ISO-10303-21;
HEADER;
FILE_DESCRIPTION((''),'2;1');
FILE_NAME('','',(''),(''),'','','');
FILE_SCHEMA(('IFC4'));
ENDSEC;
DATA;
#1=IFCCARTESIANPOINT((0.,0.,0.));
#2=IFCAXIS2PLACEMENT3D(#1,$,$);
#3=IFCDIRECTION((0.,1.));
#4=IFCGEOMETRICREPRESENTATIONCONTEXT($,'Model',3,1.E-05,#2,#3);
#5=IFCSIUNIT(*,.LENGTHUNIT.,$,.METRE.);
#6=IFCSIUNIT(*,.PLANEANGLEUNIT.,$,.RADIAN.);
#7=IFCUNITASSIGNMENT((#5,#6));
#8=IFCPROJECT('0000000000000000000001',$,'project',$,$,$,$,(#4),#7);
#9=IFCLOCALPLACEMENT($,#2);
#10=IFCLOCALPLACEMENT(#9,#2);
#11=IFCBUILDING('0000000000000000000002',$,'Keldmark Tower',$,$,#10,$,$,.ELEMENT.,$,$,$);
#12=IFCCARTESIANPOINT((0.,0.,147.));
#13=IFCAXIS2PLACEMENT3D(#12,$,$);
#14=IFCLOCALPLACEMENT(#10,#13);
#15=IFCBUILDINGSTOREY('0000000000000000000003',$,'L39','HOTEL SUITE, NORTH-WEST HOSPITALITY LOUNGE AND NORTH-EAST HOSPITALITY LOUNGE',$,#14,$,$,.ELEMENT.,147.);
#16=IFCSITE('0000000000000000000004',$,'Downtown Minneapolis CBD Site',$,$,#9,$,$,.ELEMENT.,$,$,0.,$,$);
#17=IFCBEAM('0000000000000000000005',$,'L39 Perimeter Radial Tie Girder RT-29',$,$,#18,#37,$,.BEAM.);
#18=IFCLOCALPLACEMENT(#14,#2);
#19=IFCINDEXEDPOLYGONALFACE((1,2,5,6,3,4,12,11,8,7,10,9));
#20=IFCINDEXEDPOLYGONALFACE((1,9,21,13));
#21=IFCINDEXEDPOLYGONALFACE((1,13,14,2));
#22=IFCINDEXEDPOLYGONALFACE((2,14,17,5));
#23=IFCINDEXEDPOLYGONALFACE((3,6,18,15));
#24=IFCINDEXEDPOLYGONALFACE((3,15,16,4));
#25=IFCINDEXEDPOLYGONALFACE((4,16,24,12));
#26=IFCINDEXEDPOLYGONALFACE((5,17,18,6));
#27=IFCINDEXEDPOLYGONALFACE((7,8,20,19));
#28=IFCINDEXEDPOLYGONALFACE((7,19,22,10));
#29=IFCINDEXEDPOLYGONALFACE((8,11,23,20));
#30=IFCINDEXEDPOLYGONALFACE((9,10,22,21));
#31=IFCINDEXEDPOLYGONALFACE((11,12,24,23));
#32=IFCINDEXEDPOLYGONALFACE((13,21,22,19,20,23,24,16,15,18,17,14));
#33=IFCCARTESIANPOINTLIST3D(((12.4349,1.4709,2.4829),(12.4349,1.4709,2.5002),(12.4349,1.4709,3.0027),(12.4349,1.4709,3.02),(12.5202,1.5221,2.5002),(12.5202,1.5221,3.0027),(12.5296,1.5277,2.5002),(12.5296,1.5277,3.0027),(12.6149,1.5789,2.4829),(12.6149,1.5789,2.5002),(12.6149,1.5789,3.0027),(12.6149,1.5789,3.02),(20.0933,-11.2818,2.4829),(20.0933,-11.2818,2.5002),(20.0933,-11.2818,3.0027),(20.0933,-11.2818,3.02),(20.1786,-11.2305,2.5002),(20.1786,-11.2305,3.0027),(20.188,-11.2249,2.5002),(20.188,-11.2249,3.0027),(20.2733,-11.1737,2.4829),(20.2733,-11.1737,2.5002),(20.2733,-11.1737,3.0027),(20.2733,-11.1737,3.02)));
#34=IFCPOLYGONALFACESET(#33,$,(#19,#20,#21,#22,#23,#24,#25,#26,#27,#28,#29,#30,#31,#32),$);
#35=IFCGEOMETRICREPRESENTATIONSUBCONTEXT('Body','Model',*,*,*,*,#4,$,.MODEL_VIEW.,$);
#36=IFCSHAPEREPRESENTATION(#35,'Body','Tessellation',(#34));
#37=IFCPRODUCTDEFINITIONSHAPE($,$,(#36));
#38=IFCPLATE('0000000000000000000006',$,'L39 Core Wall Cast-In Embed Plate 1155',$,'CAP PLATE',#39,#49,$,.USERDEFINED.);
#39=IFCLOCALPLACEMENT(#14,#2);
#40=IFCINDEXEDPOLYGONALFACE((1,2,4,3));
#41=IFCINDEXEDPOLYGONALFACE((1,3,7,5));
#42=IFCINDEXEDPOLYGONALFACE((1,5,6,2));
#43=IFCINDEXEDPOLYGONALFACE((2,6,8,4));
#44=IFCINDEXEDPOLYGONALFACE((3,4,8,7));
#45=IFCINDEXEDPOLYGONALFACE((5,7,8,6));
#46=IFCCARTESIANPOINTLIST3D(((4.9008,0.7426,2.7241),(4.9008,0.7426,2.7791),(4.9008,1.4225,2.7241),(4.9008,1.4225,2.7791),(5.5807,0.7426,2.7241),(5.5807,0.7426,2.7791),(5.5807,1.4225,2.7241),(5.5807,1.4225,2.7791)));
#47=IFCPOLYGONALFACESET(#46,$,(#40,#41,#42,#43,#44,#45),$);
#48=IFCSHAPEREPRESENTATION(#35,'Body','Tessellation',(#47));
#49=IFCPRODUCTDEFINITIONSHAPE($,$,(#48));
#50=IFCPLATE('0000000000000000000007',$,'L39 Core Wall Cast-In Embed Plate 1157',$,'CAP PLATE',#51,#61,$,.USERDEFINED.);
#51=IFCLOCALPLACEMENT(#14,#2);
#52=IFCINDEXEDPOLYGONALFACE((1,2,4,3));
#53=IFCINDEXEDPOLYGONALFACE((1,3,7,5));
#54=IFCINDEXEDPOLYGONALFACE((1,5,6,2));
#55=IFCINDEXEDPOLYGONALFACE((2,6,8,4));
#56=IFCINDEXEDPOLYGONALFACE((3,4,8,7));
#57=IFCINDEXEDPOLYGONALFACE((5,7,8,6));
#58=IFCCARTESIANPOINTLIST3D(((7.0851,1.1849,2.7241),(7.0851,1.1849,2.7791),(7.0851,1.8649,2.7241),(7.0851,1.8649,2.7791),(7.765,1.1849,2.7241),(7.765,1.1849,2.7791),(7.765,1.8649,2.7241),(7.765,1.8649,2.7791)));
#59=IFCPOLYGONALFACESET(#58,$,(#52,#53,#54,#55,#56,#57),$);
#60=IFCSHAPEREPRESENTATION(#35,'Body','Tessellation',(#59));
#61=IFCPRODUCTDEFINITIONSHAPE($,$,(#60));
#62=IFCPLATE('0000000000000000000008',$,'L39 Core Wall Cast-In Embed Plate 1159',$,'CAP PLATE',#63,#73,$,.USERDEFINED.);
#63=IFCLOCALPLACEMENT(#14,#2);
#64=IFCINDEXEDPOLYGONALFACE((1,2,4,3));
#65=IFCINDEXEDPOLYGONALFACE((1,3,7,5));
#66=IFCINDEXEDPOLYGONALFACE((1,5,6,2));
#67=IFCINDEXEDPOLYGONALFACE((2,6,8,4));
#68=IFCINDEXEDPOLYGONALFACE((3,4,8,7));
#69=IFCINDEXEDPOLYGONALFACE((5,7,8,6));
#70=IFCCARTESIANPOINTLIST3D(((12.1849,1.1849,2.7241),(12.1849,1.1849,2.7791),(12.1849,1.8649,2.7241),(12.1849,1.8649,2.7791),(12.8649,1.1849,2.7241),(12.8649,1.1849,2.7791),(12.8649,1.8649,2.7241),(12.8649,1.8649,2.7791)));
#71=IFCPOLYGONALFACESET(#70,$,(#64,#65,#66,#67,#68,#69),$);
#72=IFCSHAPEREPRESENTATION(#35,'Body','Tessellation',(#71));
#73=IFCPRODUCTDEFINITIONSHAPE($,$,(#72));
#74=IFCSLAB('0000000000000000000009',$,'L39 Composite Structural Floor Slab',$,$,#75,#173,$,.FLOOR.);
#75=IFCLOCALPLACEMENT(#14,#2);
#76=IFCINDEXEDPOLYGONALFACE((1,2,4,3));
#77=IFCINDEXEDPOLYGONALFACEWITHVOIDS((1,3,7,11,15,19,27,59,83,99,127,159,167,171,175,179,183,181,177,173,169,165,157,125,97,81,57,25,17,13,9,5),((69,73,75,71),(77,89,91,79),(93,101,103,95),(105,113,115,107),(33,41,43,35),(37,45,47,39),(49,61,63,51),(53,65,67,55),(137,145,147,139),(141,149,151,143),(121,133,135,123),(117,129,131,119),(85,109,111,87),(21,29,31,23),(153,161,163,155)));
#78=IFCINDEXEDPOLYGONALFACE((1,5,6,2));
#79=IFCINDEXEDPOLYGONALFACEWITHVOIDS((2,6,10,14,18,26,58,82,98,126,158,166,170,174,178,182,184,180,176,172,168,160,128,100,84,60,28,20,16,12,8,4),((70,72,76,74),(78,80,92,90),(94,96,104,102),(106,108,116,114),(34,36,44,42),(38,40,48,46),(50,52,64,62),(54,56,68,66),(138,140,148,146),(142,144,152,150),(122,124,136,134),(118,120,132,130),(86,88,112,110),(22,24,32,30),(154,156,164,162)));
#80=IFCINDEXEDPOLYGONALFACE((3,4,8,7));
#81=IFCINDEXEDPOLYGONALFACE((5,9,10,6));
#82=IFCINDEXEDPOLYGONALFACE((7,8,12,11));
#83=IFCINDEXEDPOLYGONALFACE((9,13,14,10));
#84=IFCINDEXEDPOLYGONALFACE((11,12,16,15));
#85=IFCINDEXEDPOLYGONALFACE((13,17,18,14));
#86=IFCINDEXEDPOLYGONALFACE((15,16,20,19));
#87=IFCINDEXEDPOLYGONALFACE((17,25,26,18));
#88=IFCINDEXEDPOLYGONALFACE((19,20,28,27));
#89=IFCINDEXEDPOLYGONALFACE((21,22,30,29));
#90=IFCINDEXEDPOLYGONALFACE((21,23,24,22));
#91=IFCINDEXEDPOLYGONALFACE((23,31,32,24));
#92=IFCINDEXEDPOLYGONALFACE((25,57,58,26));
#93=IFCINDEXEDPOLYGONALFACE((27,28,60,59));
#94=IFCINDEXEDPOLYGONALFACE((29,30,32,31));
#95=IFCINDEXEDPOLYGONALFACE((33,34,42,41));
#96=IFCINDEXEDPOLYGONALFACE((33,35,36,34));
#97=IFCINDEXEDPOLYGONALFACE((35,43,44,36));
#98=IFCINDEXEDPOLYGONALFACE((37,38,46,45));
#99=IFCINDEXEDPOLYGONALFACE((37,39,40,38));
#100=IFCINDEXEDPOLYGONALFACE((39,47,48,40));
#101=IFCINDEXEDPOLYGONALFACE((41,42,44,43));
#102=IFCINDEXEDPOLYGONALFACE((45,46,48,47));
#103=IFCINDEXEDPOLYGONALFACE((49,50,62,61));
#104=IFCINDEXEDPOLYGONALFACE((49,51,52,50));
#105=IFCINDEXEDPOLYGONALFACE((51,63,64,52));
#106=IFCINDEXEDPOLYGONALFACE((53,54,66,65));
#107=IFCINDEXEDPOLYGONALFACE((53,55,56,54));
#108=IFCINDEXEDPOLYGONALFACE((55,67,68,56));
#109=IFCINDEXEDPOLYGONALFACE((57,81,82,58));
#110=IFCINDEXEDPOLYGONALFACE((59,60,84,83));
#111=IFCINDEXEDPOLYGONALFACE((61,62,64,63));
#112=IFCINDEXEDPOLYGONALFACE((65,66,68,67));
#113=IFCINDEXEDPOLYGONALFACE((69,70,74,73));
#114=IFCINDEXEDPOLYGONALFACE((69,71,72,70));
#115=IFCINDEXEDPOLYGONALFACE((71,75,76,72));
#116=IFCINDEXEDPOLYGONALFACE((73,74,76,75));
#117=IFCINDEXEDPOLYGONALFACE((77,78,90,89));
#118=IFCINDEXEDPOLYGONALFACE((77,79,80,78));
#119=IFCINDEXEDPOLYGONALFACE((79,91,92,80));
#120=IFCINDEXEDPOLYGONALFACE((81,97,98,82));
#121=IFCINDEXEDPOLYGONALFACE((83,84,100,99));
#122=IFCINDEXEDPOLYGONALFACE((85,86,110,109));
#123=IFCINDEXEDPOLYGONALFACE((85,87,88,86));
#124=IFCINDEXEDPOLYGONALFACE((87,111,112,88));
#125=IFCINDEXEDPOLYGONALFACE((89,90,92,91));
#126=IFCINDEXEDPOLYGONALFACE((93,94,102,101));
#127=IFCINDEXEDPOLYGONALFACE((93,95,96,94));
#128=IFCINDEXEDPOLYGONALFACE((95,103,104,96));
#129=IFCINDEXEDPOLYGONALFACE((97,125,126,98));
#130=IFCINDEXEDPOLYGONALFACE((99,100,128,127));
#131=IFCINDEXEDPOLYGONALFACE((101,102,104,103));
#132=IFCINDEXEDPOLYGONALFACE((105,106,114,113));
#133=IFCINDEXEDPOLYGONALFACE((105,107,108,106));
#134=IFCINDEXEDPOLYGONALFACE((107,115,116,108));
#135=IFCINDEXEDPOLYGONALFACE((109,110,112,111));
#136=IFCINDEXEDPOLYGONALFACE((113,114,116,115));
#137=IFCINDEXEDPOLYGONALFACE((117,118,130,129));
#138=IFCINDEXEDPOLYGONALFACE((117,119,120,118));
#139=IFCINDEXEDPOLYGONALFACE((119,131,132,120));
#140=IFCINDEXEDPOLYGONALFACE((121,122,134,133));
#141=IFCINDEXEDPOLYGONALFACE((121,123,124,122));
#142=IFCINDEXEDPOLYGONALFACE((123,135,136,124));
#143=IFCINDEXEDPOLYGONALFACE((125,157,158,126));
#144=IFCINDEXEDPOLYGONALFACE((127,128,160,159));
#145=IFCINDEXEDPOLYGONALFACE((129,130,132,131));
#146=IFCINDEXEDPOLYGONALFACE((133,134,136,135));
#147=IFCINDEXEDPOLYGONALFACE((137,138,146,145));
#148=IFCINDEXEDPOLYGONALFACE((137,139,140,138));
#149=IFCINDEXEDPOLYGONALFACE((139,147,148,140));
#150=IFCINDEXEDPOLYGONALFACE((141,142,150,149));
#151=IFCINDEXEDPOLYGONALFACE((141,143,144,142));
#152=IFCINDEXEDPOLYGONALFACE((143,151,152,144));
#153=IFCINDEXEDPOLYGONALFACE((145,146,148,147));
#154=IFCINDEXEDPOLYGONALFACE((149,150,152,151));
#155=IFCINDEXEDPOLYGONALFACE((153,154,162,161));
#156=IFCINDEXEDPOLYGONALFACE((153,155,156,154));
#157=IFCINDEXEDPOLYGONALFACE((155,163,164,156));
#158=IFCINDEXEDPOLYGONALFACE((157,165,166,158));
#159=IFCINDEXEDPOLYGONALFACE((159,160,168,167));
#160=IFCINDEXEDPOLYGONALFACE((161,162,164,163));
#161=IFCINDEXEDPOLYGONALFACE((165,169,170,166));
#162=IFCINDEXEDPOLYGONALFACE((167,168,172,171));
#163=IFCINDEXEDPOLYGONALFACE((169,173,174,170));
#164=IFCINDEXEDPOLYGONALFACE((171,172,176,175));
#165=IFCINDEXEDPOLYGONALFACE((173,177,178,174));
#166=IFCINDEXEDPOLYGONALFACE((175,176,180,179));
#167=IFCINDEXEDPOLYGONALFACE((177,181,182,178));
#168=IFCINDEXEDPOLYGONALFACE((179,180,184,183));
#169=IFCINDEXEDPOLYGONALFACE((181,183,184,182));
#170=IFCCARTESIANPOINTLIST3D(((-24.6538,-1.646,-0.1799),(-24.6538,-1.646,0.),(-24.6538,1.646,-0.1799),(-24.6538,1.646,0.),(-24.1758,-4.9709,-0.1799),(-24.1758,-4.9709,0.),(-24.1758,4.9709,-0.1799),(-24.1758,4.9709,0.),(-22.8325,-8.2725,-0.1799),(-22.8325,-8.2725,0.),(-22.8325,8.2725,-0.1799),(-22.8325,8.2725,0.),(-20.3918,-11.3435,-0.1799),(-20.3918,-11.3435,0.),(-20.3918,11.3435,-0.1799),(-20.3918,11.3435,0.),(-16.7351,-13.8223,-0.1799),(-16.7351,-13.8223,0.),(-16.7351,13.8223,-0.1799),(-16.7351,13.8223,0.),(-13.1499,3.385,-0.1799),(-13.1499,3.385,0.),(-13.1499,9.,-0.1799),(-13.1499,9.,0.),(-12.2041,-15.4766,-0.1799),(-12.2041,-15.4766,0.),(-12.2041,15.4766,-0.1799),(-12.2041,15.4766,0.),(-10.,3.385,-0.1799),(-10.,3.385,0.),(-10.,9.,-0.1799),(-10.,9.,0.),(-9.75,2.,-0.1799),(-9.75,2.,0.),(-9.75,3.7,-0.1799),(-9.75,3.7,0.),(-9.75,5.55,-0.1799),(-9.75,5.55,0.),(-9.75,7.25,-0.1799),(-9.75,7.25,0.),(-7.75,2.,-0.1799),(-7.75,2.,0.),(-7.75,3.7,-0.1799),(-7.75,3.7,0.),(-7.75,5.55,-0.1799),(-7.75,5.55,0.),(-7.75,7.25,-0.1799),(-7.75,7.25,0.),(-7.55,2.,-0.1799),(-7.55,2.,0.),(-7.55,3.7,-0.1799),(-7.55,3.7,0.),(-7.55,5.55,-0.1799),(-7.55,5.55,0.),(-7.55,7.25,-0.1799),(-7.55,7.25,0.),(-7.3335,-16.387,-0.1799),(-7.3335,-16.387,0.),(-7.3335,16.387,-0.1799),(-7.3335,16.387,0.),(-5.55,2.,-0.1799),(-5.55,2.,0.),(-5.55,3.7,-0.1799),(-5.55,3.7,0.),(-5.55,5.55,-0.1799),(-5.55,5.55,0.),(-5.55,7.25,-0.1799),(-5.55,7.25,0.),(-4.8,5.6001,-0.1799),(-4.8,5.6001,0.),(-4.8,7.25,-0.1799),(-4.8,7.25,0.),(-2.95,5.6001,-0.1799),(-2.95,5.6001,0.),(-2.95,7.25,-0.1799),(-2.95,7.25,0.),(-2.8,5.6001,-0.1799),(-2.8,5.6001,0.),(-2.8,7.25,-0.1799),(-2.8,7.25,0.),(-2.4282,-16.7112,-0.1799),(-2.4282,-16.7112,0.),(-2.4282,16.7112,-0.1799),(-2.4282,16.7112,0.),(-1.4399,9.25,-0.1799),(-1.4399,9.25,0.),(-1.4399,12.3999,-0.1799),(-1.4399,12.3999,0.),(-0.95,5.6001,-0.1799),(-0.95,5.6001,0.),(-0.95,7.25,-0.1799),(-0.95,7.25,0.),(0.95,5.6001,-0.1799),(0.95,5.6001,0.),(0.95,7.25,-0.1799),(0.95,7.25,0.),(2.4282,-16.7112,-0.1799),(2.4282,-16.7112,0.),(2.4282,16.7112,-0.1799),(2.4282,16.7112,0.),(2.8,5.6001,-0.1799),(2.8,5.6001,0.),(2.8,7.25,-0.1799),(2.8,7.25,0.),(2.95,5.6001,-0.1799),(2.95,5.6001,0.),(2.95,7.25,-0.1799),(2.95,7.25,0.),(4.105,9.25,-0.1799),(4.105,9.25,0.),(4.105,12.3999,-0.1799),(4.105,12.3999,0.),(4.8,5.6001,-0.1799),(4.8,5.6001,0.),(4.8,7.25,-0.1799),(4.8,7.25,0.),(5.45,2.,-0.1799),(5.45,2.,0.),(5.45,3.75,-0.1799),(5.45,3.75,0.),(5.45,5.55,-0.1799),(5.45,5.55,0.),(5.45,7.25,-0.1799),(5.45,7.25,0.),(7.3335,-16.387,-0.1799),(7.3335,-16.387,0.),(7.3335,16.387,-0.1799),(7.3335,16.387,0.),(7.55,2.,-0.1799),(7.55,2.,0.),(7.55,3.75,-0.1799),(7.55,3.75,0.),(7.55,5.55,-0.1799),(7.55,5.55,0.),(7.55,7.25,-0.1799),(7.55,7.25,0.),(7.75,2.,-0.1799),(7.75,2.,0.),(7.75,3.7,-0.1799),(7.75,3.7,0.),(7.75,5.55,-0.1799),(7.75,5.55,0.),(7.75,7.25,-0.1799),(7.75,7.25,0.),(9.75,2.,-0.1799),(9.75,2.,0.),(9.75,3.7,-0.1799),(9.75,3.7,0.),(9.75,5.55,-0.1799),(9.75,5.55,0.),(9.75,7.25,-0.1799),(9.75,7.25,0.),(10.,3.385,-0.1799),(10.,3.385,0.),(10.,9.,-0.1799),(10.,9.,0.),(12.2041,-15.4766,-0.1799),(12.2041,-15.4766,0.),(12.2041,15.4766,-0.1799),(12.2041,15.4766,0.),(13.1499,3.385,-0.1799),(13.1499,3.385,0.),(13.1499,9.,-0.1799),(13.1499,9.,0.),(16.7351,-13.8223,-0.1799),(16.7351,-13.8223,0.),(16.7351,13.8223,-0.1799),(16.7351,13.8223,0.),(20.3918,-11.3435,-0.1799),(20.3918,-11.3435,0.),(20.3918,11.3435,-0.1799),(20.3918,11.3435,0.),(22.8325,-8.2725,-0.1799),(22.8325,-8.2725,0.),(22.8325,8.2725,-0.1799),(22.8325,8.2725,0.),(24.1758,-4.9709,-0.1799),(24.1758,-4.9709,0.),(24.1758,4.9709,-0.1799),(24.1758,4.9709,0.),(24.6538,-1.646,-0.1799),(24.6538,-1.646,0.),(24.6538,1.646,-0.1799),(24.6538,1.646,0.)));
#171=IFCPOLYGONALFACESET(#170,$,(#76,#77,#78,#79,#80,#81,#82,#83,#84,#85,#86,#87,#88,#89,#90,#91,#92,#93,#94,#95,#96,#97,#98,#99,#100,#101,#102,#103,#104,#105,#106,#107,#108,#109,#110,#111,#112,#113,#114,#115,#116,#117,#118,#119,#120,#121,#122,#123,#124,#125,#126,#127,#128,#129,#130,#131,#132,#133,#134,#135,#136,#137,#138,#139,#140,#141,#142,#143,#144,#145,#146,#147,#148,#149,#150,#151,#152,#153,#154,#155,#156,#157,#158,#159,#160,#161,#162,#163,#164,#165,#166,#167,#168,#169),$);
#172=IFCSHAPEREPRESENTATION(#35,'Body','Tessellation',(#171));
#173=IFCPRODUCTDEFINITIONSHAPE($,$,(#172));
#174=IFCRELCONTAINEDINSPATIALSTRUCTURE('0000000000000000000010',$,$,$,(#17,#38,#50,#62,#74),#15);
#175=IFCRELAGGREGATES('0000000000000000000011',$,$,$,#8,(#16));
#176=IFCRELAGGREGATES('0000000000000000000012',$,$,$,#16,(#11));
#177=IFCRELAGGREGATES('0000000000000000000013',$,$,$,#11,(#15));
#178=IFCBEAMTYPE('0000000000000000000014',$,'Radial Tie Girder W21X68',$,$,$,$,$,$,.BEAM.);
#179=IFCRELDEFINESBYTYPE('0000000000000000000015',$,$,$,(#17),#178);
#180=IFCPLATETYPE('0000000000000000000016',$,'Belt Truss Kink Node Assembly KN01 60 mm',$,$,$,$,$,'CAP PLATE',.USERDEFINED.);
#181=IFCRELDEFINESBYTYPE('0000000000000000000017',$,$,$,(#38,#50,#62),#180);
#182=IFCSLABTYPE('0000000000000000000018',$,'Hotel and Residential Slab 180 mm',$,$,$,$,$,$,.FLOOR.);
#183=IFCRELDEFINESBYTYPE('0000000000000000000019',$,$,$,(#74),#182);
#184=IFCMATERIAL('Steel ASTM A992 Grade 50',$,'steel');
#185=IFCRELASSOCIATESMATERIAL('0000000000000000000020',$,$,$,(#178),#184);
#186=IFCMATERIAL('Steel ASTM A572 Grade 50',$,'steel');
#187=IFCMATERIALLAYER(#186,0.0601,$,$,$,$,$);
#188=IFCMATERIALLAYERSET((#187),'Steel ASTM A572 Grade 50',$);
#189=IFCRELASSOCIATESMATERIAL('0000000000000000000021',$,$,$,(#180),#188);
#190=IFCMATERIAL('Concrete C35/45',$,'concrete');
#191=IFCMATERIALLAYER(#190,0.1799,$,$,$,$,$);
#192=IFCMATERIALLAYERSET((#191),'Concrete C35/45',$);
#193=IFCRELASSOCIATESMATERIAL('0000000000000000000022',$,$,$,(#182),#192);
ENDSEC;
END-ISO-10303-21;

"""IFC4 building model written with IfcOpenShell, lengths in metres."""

from ifc_helpers import new_model, si_unit, direction, frame, origin, origin_2d, place, context, subcontext, project, spatial, polyline, rectangle, i_section, outline, extrude, material, layer, layer_set, material_profile, profile_set, type_object, element, save


model = new_model("IFC4")

# Units and contexts
model_context = context("Model", 3, precision=1e-05, world=origin(), true_north=direction((0.0, 1.0)))
body_context = subcontext(model_context, "Body", "Model", "MODEL_VIEW")
ifc_project = project(units=[si_unit("LENGTHUNIT", "METRE"), si_unit("PLANEANGLEUNIT", "RADIAN")], contexts=[model_context])

# Site, building, storey
site_placement = place(None, origin())
site = spatial("IfcSite", under=ifc_project, at=site_placement, Name="Downtown Minneapolis CBD Site", CompositionType="ELEMENT", RefElevation=0.0)
building_placement = place(site_placement, origin())
building = spatial("IfcBuilding", under=site, at=building_placement, Name="Keldmark Tower", CompositionType="ELEMENT")
storey_placement = place(building_placement, frame((0.0, 0.0, 147.0)))
storey = spatial("IfcBuildingStorey", under=building, at=storey_placement, Name="L39", Description="HOTEL SUITE, NORTH-WEST HOSPITALITY LOUNGE AND NORTH-EAST HOSPITALITY LOUNGE", CompositionType="ELEMENT", Elevation=147.0)

# Beam
ifc_material_1 = material(Name="Steel ASTM A992 Grade 50", Category="steel")
ifc_material_profile_1 = material_profile(ifc_material_1, i_section(OverallWidth=0.21, OverallDepth=0.5371, WebThickness=0.011, FlangeThickness=0.0173, at=origin_2d()), Name="W21X68")
ifc_profile_set_1 = profile_set([ifc_material_profile_1], Name="Steel ASTM A992 Grade 50")
beam_type_1 = type_object("IfcBeamType", Name="Radial Tie Girder W21X68", PredefinedType="BEAM", material=ifc_profile_set_1)
beam_1_placement = place(storey_placement, frame((12.5249, 1.5249, 2.7515), z_axis=(0.514834, -0.85729, 0.0), x_axis=(0.85729, 0.514834, 0.0)))
element("IfcBeam", 1, at=beam_1_placement, inside=storey, type_object=beam_type_1, Name="L39 Perimeter Radial Tie Girder RT-29", PredefinedType="BEAM", context=body_context, shape_type="SweptSolid", body=[
    extrude(i_section(OverallWidth=0.21, OverallDepth=0.5371, WebThickness=0.011, FlangeThickness=0.0173, at=origin_2d()), origin(), (0.0, 0.0, 1.0), 14.8755),
])

# Plates
ifc_material_2 = material(Name="Steel ASTM A572 Grade 50", Category="steel")
ifc_layer_1 = layer(ifc_material_2, 0.0601)
ifc_layer_set_1 = layer_set([ifc_layer_1], Name="Steel ASTM A572 Grade 50")
plate_type = type_object("IfcPlateType", Name="Belt Truss Kink Node Assembly KN01 60 mm", ElementType="CAP PLATE", PredefinedType="USERDEFINED", material=ifc_layer_set_1)
for number, where, z_axis, x_axis, name in (
    (2, (5.2407, 1.0825, 2.7241), (0.0, 0.0, 1.0), (1.0, 0.0, 0.0), "L39 Core Wall Cast-In Embed Plate 1155"),
    (3, (7.425, 1.5249, 2.7241), (0.0, 0.0, 1.0), (1.0, 0.0, 0.0), "L39 Core Wall Cast-In Embed Plate 1157"),
    (4, (12.5249, 1.5249, 2.7241), (0.0, 0.0, 1.0), (1.0, 0.0, 0.0), "L39 Core Wall Cast-In Embed Plate 1159"),
):
    element("IfcPlate", number, at=place(storey_placement, frame(where, z_axis=z_axis, x_axis=x_axis)), inside=storey, type_object=plate_type, Name=name, ObjectType="CAP PLATE", PredefinedType="USERDEFINED", context=body_context, shape_type="SweptSolid", body=[
        extrude(rectangle(XDim=0.6799, YDim=0.6799, at=origin_2d()), origin(), (0.0, 0.0, 1.0), 0.0549),
    ])

# Slab
ifc_material_3 = material(Name="Concrete C35/45", Category="concrete")
ifc_layer_2 = layer(ifc_material_3, 0.1799)
ifc_layer_set_2 = layer_set([ifc_layer_2], Name="Concrete C35/45")
slab_type_1 = type_object("IfcSlabType", Name="Hotel and Residential Slab 180 mm", PredefinedType="FLOOR", material=ifc_layer_set_2)
slab_1_placement = place(storey_placement, frame((0.0, 0.0, -0.1799)))
element("IfcSlab", 5, at=slab_1_placement, inside=storey, type_object=slab_type_1, Name="L39 Composite Structural Floor Slab", PredefinedType="FLOOR", context=body_context, shape_type="SweptSolid", body=[
    extrude(outline(polyline([(24.6538, 1.646), (24.1758, 4.9709), (22.8325, 8.2725), (20.3918, 11.3435), (16.7351, 13.8223), (12.2041, 15.4766), (7.3335, 16.387), (2.4282, 16.7112), (-2.4282, 16.7112), (-7.3335, 16.387), (-12.2041, 15.4766), (-16.7351, 13.8223), (-20.3918, 11.3435), (-22.8325, 8.2725), (-24.1758, 4.9709), (-24.6538, 1.646), (-24.6538, -1.646), (-24.1758, -4.9709), (-22.8325, -8.2725), (-20.3918, -11.3435), (-16.7351, -13.8223), (-12.2041, -15.4766), (-7.3335, -16.387), (-2.4282, -16.7112), (2.4282, -16.7112), (7.3335, -16.387), (12.2041, -15.4766), (16.7351, -13.8223), (20.3918, -11.3435), (22.8325, -8.2725), (24.1758, -4.9709), (24.6538, -1.646), (24.6538, 1.646)]), holes=[polyline([(-10.0, 3.385), (-10.0, 9.0), (-13.1499, 9.0), (-13.1499, 3.385), (-10.0, 3.385)]), polyline([(13.1499, 3.385), (13.1499, 9.0), (10.0, 9.0), (10.0, 3.385), (13.1499, 3.385)]), polyline([(-1.4399, 9.25), (4.105, 9.25), (4.105, 12.3999), (-1.4399, 12.3999), (-1.4399, 9.25)]), polyline([(-9.75, 2.0), (-7.75, 2.0), (-7.75, 3.7), (-9.75, 3.7), (-9.75, 2.0)]), polyline([(7.75, 2.0), (9.75, 2.0), (9.75, 3.7), (7.75, 3.7), (7.75, 2.0)]), polyline([(5.45, 2.0), (7.55, 2.0), (7.55, 3.75), (5.45, 3.75), (5.45, 2.0)]), polyline([(-4.8, 5.6001), (-2.95, 5.6001), (-2.95, 7.25), (-4.8, 7.25), (-4.8, 5.6001)]), polyline([(-2.8, 5.6001), (-0.95, 5.6001), (-0.95, 7.25), (-2.8, 7.25), (-2.8, 5.6001)]), polyline([(0.95, 5.6001), (2.8, 5.6001), (2.8, 7.25), (0.95, 7.25), (0.95, 5.6001)]), polyline([(2.95, 5.6001), (4.8, 5.6001), (4.8, 7.25), (2.95, 7.25), (2.95, 5.6001)]), polyline([(-9.75, 5.55), (-7.75, 5.55), (-7.75, 7.25), (-9.75, 7.25), (-9.75, 5.55)]), polyline([(-7.55, 5.55), (-5.55, 5.55), (-5.55, 7.25), (-7.55, 7.25), (-7.55, 5.55)]), polyline([(-7.55, 2.0), (-5.55, 2.0), (-5.55, 3.7), (-7.55, 3.7), (-7.55, 2.0)]), polyline([(5.45, 5.55), (7.55, 5.55), (7.55, 7.25), (5.45, 7.25), (5.45, 5.55)]), polyline([(7.75, 5.55), (9.75, 5.55), (9.75, 7.25), (7.75, 7.25), (7.75, 5.55)])]), origin(), (0.0, 0.0, 1.0), 0.1799),
])

save(model, "model.ifc")
